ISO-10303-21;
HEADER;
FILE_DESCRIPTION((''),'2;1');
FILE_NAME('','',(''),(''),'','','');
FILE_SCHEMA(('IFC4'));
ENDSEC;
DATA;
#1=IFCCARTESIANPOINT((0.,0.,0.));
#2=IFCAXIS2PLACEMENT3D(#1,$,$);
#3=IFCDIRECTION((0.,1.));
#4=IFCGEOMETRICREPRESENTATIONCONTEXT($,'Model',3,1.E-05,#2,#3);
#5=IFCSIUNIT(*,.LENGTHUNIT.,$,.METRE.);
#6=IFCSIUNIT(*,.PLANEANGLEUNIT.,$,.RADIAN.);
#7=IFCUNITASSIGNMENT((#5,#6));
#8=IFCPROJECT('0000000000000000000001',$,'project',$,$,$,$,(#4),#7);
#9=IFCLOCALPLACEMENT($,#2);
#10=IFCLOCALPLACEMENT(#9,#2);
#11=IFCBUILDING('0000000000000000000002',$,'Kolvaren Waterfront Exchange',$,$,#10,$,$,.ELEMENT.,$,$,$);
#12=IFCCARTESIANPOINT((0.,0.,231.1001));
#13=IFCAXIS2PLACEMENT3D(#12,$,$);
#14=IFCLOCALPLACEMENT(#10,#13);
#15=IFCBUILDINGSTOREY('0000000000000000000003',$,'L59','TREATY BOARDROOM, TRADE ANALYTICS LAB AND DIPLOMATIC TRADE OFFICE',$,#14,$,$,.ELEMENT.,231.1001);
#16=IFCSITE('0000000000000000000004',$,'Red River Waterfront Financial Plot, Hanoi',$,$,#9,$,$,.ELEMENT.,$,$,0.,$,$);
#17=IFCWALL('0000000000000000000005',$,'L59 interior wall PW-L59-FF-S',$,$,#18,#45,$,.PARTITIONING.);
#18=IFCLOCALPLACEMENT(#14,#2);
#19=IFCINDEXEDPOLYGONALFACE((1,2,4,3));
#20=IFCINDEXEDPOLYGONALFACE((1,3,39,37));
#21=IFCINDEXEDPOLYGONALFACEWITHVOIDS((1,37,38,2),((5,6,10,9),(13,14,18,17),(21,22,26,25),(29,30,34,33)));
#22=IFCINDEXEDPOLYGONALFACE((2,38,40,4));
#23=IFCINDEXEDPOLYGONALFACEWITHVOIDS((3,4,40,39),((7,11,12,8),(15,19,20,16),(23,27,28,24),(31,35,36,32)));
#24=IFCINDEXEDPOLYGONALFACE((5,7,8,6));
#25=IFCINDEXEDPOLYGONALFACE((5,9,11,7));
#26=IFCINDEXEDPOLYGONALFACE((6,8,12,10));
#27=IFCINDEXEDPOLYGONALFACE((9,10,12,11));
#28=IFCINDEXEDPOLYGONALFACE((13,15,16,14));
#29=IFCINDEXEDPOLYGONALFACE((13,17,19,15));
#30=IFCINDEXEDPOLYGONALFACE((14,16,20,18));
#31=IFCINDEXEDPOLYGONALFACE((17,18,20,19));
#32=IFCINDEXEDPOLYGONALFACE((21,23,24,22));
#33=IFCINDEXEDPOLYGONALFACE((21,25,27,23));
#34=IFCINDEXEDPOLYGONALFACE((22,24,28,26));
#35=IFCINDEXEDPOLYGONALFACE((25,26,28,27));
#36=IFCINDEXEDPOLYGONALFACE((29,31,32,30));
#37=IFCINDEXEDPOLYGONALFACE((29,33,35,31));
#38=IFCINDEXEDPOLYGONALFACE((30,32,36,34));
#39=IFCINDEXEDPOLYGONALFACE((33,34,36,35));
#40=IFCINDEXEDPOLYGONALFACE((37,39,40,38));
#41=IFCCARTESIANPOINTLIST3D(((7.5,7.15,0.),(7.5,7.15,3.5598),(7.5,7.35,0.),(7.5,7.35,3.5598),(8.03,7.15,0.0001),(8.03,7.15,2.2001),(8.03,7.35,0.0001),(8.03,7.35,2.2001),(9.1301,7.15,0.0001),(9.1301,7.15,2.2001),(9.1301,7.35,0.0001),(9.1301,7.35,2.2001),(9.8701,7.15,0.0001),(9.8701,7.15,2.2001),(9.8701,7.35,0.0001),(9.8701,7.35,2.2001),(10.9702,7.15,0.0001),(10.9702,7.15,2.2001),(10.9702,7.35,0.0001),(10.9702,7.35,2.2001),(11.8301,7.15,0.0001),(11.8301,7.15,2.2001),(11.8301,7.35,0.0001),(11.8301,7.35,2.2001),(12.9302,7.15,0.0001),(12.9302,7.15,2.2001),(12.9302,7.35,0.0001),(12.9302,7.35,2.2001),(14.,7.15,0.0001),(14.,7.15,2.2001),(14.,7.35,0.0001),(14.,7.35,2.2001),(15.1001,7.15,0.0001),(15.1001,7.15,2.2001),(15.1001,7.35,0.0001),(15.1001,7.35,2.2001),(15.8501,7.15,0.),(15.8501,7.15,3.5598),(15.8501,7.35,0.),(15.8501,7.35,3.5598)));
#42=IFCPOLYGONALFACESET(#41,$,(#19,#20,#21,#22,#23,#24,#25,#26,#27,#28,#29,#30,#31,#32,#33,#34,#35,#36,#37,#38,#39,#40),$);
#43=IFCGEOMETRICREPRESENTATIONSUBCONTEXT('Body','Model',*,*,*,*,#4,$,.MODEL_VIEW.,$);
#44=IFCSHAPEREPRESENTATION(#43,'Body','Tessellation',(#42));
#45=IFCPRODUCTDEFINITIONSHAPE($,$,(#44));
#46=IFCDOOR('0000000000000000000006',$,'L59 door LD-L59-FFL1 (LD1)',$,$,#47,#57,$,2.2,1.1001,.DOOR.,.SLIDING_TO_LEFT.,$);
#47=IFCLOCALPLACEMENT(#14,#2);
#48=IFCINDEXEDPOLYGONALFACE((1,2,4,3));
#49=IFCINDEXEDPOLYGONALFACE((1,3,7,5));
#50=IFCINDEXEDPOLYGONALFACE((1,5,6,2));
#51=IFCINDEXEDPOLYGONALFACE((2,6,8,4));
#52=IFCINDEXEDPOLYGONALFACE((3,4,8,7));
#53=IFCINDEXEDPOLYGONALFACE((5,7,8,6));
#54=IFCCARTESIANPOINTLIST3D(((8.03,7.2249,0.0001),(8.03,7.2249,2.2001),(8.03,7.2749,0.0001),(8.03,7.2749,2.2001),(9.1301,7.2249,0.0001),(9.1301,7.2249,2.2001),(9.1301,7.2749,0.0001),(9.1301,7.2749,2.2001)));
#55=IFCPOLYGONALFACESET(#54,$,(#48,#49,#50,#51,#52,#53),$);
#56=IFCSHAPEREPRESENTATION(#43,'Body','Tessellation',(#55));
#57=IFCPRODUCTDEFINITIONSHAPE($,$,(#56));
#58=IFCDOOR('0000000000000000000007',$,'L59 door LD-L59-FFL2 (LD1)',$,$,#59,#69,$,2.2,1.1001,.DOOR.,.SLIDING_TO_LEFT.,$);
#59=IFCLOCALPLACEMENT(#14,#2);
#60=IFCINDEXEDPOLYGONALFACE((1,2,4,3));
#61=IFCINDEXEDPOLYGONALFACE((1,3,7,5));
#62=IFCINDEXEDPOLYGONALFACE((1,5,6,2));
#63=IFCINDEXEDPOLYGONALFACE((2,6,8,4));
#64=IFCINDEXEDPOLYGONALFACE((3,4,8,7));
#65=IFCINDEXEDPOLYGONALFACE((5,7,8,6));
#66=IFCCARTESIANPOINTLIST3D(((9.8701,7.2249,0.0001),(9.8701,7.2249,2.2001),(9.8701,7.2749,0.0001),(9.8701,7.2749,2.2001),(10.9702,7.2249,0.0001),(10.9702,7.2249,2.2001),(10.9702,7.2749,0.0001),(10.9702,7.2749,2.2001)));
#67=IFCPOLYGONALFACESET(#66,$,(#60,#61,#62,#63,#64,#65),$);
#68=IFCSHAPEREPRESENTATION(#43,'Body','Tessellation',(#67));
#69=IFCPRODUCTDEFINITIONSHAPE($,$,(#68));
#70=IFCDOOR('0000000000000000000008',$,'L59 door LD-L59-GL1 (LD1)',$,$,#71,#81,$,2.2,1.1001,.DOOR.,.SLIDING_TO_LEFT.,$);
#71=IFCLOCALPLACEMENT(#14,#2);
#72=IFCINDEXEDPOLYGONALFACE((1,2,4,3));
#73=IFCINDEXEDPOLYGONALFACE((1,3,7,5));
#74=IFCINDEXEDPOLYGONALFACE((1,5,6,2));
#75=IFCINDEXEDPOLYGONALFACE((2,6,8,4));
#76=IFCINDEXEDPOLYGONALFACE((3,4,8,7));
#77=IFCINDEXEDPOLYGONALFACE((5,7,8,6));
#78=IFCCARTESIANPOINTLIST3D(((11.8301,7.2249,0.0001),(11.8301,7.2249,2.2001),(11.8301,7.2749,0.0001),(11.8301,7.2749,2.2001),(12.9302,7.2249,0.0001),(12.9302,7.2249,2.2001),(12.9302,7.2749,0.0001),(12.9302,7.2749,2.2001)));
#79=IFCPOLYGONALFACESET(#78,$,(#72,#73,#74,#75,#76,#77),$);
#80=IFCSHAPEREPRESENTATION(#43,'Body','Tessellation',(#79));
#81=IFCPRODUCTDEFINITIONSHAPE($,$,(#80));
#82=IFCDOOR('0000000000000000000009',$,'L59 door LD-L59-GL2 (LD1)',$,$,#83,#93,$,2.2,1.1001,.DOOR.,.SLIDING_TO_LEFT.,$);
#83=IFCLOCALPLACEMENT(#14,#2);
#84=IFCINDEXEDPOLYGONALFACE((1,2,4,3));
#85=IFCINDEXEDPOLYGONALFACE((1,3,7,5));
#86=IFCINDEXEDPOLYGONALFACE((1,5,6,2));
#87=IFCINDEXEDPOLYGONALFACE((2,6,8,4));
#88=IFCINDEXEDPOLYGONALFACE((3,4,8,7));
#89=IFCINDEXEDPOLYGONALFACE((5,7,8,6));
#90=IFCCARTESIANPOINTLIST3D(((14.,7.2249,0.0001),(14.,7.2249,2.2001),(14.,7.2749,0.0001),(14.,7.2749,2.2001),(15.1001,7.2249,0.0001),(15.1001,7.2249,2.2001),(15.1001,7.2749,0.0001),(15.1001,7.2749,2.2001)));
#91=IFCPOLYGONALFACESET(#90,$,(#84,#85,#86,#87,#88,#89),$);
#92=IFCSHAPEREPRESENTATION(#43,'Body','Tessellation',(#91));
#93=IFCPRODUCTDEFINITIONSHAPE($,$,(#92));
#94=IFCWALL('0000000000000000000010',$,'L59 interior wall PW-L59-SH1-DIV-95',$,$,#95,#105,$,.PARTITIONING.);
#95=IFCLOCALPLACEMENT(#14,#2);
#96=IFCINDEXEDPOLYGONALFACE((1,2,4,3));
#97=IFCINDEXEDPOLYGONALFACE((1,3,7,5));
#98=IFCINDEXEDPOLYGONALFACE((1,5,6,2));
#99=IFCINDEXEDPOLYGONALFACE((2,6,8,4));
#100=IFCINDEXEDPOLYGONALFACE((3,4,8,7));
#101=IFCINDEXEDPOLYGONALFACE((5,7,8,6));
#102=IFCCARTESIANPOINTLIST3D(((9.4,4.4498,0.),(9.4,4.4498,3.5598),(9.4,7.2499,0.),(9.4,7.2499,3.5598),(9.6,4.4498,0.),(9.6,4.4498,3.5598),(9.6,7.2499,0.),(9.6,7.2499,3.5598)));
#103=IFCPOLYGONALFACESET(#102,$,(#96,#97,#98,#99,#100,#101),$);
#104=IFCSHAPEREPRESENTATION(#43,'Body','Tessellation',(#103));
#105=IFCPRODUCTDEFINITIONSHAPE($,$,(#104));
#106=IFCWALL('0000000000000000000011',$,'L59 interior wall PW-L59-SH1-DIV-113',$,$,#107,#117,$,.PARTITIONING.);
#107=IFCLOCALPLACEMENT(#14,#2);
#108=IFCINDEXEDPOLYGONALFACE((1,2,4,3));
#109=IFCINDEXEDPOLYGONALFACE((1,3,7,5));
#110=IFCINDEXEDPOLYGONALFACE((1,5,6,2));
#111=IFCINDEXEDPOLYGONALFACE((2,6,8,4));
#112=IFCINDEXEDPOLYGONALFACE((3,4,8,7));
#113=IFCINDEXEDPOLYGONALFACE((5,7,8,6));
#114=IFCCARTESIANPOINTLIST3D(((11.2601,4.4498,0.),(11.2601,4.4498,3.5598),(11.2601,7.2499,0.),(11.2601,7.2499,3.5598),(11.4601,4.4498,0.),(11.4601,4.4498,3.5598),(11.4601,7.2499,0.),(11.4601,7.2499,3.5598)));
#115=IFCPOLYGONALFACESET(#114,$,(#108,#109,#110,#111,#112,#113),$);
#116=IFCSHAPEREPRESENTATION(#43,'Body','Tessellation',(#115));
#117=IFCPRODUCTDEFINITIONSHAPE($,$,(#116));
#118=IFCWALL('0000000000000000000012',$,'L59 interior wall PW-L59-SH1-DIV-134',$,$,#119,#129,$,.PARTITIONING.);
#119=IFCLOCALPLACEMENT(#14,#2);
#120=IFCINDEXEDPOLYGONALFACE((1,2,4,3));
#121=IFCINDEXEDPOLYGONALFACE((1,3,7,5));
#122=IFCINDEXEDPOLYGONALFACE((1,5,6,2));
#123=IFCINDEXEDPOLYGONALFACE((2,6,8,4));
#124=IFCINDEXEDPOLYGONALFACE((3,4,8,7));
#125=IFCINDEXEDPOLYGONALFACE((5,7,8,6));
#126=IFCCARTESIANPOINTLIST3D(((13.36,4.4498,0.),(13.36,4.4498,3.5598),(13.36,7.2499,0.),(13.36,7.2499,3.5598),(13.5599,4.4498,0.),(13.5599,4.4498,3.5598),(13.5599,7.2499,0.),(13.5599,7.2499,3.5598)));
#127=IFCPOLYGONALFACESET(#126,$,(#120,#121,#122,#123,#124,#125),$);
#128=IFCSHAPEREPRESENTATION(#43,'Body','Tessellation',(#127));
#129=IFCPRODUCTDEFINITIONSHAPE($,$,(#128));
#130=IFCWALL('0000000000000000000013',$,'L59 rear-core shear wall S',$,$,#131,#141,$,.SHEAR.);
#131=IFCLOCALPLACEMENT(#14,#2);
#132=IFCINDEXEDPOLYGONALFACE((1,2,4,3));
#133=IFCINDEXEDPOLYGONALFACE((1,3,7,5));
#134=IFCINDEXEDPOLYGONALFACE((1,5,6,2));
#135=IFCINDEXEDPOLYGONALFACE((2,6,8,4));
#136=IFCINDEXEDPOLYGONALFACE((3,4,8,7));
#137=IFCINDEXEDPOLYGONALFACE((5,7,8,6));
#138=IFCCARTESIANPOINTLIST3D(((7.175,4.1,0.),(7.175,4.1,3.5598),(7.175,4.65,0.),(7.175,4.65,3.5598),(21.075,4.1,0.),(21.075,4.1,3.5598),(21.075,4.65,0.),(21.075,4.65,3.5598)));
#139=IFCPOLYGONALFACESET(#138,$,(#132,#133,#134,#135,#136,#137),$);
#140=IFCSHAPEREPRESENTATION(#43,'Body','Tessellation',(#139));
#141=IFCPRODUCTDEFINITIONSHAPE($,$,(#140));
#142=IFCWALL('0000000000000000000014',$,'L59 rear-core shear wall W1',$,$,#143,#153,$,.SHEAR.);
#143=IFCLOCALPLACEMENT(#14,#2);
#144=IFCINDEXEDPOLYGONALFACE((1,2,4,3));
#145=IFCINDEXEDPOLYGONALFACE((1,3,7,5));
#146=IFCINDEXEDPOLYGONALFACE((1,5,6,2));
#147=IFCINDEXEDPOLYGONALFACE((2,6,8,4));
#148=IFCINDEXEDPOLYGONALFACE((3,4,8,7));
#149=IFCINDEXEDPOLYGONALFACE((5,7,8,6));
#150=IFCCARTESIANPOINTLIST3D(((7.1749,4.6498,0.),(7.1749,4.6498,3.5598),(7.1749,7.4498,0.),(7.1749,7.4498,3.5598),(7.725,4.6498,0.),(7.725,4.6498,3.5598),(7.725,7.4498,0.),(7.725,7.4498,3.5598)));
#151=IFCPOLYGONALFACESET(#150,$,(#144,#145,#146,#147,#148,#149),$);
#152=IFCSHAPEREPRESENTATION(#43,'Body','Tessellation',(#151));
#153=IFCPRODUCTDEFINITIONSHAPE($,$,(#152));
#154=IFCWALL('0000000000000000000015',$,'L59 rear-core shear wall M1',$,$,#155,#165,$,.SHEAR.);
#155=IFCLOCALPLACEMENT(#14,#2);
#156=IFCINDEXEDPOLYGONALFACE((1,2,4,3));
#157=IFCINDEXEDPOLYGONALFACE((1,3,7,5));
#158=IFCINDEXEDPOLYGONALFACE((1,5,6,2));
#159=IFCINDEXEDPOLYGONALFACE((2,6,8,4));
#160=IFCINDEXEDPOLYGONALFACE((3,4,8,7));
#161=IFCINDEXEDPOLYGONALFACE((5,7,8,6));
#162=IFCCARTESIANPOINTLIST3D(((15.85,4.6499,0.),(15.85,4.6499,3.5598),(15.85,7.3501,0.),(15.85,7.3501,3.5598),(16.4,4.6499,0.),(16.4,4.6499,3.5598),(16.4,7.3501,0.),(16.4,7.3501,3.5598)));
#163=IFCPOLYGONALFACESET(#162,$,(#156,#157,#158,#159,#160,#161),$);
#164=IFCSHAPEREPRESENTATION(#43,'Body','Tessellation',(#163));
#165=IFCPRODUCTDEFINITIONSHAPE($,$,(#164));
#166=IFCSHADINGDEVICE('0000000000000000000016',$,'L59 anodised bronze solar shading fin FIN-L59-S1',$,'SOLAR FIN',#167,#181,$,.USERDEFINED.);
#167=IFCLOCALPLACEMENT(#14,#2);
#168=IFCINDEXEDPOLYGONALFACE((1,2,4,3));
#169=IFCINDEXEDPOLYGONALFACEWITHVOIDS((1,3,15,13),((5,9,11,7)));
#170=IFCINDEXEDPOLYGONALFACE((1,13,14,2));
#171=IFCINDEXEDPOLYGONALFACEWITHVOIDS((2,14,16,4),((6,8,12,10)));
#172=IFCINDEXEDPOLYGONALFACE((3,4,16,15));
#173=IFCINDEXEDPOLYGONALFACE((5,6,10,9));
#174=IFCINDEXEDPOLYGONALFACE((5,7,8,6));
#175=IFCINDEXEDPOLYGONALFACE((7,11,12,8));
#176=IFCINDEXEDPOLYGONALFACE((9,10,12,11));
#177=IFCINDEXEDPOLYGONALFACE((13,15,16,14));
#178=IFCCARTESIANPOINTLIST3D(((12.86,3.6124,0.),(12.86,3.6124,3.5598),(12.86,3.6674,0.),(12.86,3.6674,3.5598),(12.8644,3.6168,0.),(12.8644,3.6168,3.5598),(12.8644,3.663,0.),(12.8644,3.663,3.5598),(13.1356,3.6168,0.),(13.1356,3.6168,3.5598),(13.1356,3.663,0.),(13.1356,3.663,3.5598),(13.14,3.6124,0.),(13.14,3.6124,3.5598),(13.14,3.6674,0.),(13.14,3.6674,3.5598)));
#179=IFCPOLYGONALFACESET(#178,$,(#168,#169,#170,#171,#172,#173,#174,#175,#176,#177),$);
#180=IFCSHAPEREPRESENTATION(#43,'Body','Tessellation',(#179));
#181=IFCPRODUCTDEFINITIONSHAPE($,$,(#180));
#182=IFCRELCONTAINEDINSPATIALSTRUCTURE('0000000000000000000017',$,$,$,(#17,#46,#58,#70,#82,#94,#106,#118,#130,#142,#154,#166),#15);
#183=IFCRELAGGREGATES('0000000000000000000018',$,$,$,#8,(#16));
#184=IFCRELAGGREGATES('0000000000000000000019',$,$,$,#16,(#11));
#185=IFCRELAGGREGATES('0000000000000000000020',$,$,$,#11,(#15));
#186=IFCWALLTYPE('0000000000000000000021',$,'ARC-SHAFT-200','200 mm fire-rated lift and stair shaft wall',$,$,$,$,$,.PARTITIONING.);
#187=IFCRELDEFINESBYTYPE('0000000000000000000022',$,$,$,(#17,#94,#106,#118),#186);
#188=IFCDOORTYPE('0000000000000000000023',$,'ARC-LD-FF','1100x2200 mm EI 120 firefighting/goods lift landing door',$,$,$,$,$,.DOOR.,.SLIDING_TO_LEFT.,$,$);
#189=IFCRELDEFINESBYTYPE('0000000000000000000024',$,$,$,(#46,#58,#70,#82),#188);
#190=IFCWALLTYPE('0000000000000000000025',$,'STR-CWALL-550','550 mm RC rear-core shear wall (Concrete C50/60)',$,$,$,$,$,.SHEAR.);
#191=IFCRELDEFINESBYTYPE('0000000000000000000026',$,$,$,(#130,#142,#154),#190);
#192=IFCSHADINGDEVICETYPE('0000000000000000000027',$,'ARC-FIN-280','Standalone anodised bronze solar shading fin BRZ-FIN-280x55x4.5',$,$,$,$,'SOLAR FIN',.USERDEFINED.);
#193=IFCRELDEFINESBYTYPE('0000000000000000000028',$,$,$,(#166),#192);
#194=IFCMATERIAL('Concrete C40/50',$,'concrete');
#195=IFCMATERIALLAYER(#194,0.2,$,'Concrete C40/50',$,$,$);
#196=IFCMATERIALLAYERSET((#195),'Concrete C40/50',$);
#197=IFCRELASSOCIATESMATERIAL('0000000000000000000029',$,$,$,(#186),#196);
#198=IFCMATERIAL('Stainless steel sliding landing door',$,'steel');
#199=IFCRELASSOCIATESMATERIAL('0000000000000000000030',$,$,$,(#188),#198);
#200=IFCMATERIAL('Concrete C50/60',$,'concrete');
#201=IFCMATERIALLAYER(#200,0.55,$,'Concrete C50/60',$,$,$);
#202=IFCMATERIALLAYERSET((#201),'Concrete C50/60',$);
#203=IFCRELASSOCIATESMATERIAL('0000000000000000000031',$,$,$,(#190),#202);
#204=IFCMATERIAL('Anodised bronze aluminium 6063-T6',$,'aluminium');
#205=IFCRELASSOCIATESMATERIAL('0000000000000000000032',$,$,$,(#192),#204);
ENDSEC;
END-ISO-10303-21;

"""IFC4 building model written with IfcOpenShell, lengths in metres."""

from ifc_helpers import new_model, si_unit, direction, frame, frame_2d, origin, origin_2d, place, context, subcontext, project, spatial, rectangle, hollow_rectangle, extrude, material, layer, layer_set, material_profile, profile_set, type_object, element, fill, save


model = new_model("IFC4")

# Units and contexts
model_context = context("Model", 3, precision=1e-05, world=origin(), true_north=direction((0.0, 1.0)))
body_context = subcontext(model_context, "Body", "Model", "MODEL_VIEW")
ifc_project = project(units=[si_unit("LENGTHUNIT", "METRE"), si_unit("PLANEANGLEUNIT", "RADIAN")], contexts=[model_context])

# Site, building, storey
site_placement = place(None, origin())
site = spatial("IfcSite", under=ifc_project, at=site_placement, Name="Red River Waterfront Financial Plot, Hanoi", CompositionType="ELEMENT", RefElevation=0.0)
building_placement = place(site_placement, origin())
building = spatial("IfcBuilding", under=site, at=building_placement, Name="Kolvaren Waterfront Exchange", CompositionType="ELEMENT")
storey_placement = place(building_placement, frame((0.0, 0.0, 231.1001)))
storey = spatial("IfcBuildingStorey", under=building, at=storey_placement, Name="L59", Description="TREATY BOARDROOM, TRADE ANALYTICS LAB AND DIPLOMATIC TRADE OFFICE", CompositionType="ELEMENT", Elevation=231.1001)

# Shared definitions
ifc_material_1 = material(Name="Concrete C50/60", Category="concrete")

# Shared definitions
ifc_material_2 = material(Name="Anodised bronze aluminium 6063-T6", Category="aluminium")

# Shared definitions
ifc_material_3 = material(Name="Concrete C40/50", Category="concrete")
ifc_layer_1 = layer(ifc_material_3, 0.2, Name="Concrete C40/50")
ifc_layer_set_1 = layer_set([ifc_layer_1], Name="Concrete C40/50")
wall_type_1 = type_object("IfcWallType", Name="ARC-SHAFT-200", Description="200 mm fire-rated lift and stair shaft wall", PredefinedType="PARTITIONING", material=ifc_layer_set_1)

# Wall, openings, doors
wall_1_placement = place(storey_placement, frame((7.5, 7.25, 0.0), z_axis=(0.0, 0.0, 1.0), x_axis=(1.0, 0.0, 0.0)))
wall_1 = element("IfcWall", 1, at=wall_1_placement, inside=storey, type_object=wall_type_1, Name="L59 interior wall PW-L59-FF-S", PredefinedType="PARTITIONING", context=body_context, shape_type="SweptSolid", body=[
    extrude(rectangle(XDim=8.3501, YDim=0.2, at=frame_2d((4.175, 0.0))), origin(), (0.0, 0.0, 1.0), 3.5598),
])
opening_1_placement = place(wall_1_placement, frame((0.53, 0.0, 0.0)))
opening_1 = element("IfcOpeningElement", 2, at=opening_1_placement, cuts=wall_1, PredefinedType="OPENING", context=body_context, shape_type="SweptSolid", body=[
    extrude(rectangle(XDim=1.1001, YDim=2.2, at=frame_2d((0.55, 1.1001))), frame((0.0, 0.1099, 0.0), z_axis=(0.0, -1.0, 0.0), x_axis=(1.0, 0.0, 0.0)), (0.0, 0.0, 1.0), 0.22),
])
opening_2_placement = place(wall_1_placement, frame((2.3701, 0.0, 0.0)))
opening_2 = element("IfcOpeningElement", 3, at=opening_2_placement, cuts=wall_1, PredefinedType="OPENING", context=body_context, shape_type="SweptSolid", body=[
    extrude(rectangle(XDim=1.1001, YDim=2.2, at=frame_2d((0.55, 1.1001))), frame((0.0, 0.1099, 0.0), z_axis=(0.0, -1.0, 0.0), x_axis=(1.0, 0.0, 0.0)), (0.0, 0.0, 1.0), 0.22),
])
opening_3_placement = place(wall_1_placement, frame((4.3301, 0.0, 0.0)))
opening_3 = element("IfcOpeningElement", 4, at=opening_3_placement, cuts=wall_1, PredefinedType="OPENING", context=body_context, shape_type="SweptSolid", body=[
    extrude(rectangle(XDim=1.1001, YDim=2.2, at=frame_2d((0.55, 1.1001))), frame((0.0, 0.1099, 0.0), z_axis=(0.0, -1.0, 0.0), x_axis=(1.0, 0.0, 0.0)), (0.0, 0.0, 1.0), 0.22),
])
opening_4_placement = place(wall_1_placement, frame((6.5, 0.0, 0.0)))
opening_4 = element("IfcOpeningElement", 5, at=opening_4_placement, cuts=wall_1, PredefinedType="OPENING", context=body_context, shape_type="SweptSolid", body=[
    extrude(rectangle(XDim=1.1001, YDim=2.2, at=frame_2d((0.55, 1.1001))), frame((0.0, 0.1099, 0.0), z_axis=(0.0, -1.0, 0.0), x_axis=(1.0, 0.0, 0.0)), (0.0, 0.0, 1.0), 0.22),
])
ifc_material_4 = material(Name="Stainless steel sliding landing door", Category="steel")
door_type = type_object("IfcDoorType", Name="ARC-LD-FF", Description="1100x2200 mm EI 120 firefighting/goods lift landing door", OperationType="SLIDING_TO_LEFT", PredefinedType="DOOR", material=ifc_material_4)
door_1_placement = place(opening_1_placement, origin())
door_1 = element("IfcDoor", 6, at=door_1_placement, inside=storey, type_object=door_type, Name="L59 door LD-L59-FFL1 (LD1)", OperationType="SLIDING_TO_LEFT", OverallHeight=2.2, OverallWidth=1.1001, PredefinedType="DOOR", context=body_context, shape_type="SweptSolid", body=[
    extrude(rectangle(XDim=1.1001, YDim=2.2, at=frame_2d((0.55, 1.1001))), frame((0.0, 0.0249, 0.0), z_axis=(0.0, -1.0, 0.0), x_axis=(1.0, 0.0, 0.0)), (0.0, 0.0, 1.0), 0.05),
])
fill(opening_1, door_1)
door_2_placement = place(opening_2_placement, origin())
door_2 = element("IfcDoor", 7, at=door_2_placement, inside=storey, type_object=door_type, Name="L59 door LD-L59-FFL2 (LD1)", OperationType="SLIDING_TO_LEFT", OverallHeight=2.2, OverallWidth=1.1001, PredefinedType="DOOR", context=body_context, shape_type="SweptSolid", body=[
    extrude(rectangle(XDim=1.1001, YDim=2.2, at=frame_2d((0.55, 1.1001))), frame((0.0, 0.0249, 0.0), z_axis=(0.0, -1.0, 0.0), x_axis=(1.0, 0.0, 0.0)), (0.0, 0.0, 1.0), 0.05),
])
fill(opening_2, door_2)
door_3_placement = place(opening_3_placement, origin())
door_3 = element("IfcDoor", 8, at=door_3_placement, inside=storey, type_object=door_type, Name="L59 door LD-L59-GL1 (LD1)", OperationType="SLIDING_TO_LEFT", OverallHeight=2.2, OverallWidth=1.1001, PredefinedType="DOOR", context=body_context, shape_type="SweptSolid", body=[
    extrude(rectangle(XDim=1.1001, YDim=2.2, at=frame_2d((0.55, 1.1001))), frame((0.0, 0.0249, 0.0), z_axis=(0.0, -1.0, 0.0), x_axis=(1.0, 0.0, 0.0)), (0.0, 0.0, 1.0), 0.05),
])
fill(opening_3, door_3)
door_4_placement = place(opening_4_placement, origin())
door_4 = element("IfcDoor", 9, at=door_4_placement, inside=storey, type_object=door_type, Name="L59 door LD-L59-GL2 (LD1)", OperationType="SLIDING_TO_LEFT", OverallHeight=2.2, OverallWidth=1.1001, PredefinedType="DOOR", context=body_context, shape_type="SweptSolid", body=[
    extrude(rectangle(XDim=1.1001, YDim=2.2, at=frame_2d((0.55, 1.1001))), frame((0.0, 0.0249, 0.0), z_axis=(0.0, -1.0, 0.0), x_axis=(1.0, 0.0, 0.0)), (0.0, 0.0, 1.0), 0.05),
])
fill(opening_4, door_4)

# Walls
for number, where, z_axis, x_axis, name in (
    (10, (9.5, 4.45, 0.0), (0.0, 0.0, 1.0), (0.0, 1.0, 0.0), "L59 interior wall PW-L59-SH1-DIV-95"),
    (11, (11.3601, 4.45, 0.0), (0.0, 0.0, 1.0), (0.0, 1.0, 0.0), "L59 interior wall PW-L59-SH1-DIV-113"),
    (12, (13.46, 4.45, 0.0), (0.0, 0.0, 1.0), (0.0, 1.0, 0.0), "L59 interior wall PW-L59-SH1-DIV-134"),
):
    element("IfcWall", number, at=place(storey_placement, frame(where, z_axis=z_axis, x_axis=x_axis)), inside=storey, type_object=wall_type_1, Name=name, PredefinedType="PARTITIONING", context=body_context, shape_type="SweptSolid", body=[
        extrude(rectangle(XDim=2.8, YDim=0.2, at=frame_2d((1.3999, 0.0))), origin(), (0.0, 0.0, 1.0), 3.5598),
    ])
ifc_layer_2 = layer(ifc_material_1, 0.55, Name="Concrete C50/60")
ifc_layer_set_2 = layer_set([ifc_layer_2], Name="Concrete C50/60")
wall_type_2 = type_object("IfcWallType", Name="STR-CWALL-550", Description="550 mm RC rear-core shear wall (Concrete C50/60)", PredefinedType="SHEAR", material=ifc_layer_set_2)
wall_2_placement = place(storey_placement, frame((7.175, 4.375, 0.0), z_axis=(0.0, 0.0, 1.0), x_axis=(1.0, 0.0, 0.0)))
element("IfcWall", 13, at=wall_2_placement, inside=storey, type_object=wall_type_2, Name="L59 rear-core shear wall S", PredefinedType="SHEAR", context=body_context, shape_type="SweptSolid", body=[
    extrude(rectangle(XDim=13.8999, YDim=0.55, at=frame_2d((6.95, 0.0))), origin(), (0.0, 0.0, 1.0), 3.5598),
])
wall_3_placement = place(storey_placement, frame((7.45, 4.6499, 0.0), z_axis=(0.0, 0.0, 1.0), x_axis=(0.0, 1.0, 0.0)))
element("IfcWall", 14, at=wall_3_placement, inside=storey, type_object=wall_type_2, Name="L59 rear-core shear wall W1", PredefinedType="SHEAR", context=body_context, shape_type="SweptSolid", body=[
    extrude(rectangle(XDim=2.8, YDim=0.55, at=frame_2d((1.3999, 0.0))), origin(), (0.0, 0.0, 1.0), 3.5598),
])
wall_4_placement = place(storey_placement, frame((16.125, 4.6499, 0.0), z_axis=(0.0, 0.0, 1.0), x_axis=(0.0, 1.0, 0.0)))
element("IfcWall", 15, at=wall_4_placement, inside=storey, type_object=wall_type_2, Name="L59 rear-core shear wall M1", PredefinedType="SHEAR", context=body_context, shape_type="SweptSolid", body=[
    extrude(rectangle(XDim=2.7002, YDim=0.55, at=frame_2d((1.3501, 0.0))), origin(), (0.0, 0.0, 1.0), 3.5598),
])

# Shading device
ifc_material_profile_1 = material_profile(ifc_material_2, hollow_rectangle(XDim=0.0549, YDim=0.28, WallThickness=0.0044, at=origin_2d()), Name="BRZ-FIN-280x55x4.5")
ifc_profile_set_1 = profile_set([ifc_material_profile_1], Name="Anodised bronze aluminium 6063-T6")
shading_device_type = type_object("IfcShadingDeviceType", Name="ARC-FIN-280", Description="Standalone anodised bronze solar shading fin BRZ-FIN-280x55x4.5", ElementType="SOLAR FIN", PredefinedType="USERDEFINED", material=ifc_profile_set_1)
shading_device_placement = place(storey_placement, frame((13.0, 3.6399, 0.0), z_axis=(0.0, 0.0, 1.0), x_axis=(0.0, -1.0, 0.0)))
element("IfcShadingDevice", 16, at=shading_device_placement, inside=storey, type_object=shading_device_type, Name="L59 anodised bronze solar shading fin FIN-L59-S1", ObjectType="SOLAR FIN", PredefinedType="USERDEFINED", context=body_context, shape_type="SweptSolid", body=[
    extrude(hollow_rectangle(XDim=0.0549, YDim=0.28, WallThickness=0.0044, at=origin_2d()), origin(), (0.0, 0.0, 1.0), 3.5598),
])

save(model, "model.ifc")
